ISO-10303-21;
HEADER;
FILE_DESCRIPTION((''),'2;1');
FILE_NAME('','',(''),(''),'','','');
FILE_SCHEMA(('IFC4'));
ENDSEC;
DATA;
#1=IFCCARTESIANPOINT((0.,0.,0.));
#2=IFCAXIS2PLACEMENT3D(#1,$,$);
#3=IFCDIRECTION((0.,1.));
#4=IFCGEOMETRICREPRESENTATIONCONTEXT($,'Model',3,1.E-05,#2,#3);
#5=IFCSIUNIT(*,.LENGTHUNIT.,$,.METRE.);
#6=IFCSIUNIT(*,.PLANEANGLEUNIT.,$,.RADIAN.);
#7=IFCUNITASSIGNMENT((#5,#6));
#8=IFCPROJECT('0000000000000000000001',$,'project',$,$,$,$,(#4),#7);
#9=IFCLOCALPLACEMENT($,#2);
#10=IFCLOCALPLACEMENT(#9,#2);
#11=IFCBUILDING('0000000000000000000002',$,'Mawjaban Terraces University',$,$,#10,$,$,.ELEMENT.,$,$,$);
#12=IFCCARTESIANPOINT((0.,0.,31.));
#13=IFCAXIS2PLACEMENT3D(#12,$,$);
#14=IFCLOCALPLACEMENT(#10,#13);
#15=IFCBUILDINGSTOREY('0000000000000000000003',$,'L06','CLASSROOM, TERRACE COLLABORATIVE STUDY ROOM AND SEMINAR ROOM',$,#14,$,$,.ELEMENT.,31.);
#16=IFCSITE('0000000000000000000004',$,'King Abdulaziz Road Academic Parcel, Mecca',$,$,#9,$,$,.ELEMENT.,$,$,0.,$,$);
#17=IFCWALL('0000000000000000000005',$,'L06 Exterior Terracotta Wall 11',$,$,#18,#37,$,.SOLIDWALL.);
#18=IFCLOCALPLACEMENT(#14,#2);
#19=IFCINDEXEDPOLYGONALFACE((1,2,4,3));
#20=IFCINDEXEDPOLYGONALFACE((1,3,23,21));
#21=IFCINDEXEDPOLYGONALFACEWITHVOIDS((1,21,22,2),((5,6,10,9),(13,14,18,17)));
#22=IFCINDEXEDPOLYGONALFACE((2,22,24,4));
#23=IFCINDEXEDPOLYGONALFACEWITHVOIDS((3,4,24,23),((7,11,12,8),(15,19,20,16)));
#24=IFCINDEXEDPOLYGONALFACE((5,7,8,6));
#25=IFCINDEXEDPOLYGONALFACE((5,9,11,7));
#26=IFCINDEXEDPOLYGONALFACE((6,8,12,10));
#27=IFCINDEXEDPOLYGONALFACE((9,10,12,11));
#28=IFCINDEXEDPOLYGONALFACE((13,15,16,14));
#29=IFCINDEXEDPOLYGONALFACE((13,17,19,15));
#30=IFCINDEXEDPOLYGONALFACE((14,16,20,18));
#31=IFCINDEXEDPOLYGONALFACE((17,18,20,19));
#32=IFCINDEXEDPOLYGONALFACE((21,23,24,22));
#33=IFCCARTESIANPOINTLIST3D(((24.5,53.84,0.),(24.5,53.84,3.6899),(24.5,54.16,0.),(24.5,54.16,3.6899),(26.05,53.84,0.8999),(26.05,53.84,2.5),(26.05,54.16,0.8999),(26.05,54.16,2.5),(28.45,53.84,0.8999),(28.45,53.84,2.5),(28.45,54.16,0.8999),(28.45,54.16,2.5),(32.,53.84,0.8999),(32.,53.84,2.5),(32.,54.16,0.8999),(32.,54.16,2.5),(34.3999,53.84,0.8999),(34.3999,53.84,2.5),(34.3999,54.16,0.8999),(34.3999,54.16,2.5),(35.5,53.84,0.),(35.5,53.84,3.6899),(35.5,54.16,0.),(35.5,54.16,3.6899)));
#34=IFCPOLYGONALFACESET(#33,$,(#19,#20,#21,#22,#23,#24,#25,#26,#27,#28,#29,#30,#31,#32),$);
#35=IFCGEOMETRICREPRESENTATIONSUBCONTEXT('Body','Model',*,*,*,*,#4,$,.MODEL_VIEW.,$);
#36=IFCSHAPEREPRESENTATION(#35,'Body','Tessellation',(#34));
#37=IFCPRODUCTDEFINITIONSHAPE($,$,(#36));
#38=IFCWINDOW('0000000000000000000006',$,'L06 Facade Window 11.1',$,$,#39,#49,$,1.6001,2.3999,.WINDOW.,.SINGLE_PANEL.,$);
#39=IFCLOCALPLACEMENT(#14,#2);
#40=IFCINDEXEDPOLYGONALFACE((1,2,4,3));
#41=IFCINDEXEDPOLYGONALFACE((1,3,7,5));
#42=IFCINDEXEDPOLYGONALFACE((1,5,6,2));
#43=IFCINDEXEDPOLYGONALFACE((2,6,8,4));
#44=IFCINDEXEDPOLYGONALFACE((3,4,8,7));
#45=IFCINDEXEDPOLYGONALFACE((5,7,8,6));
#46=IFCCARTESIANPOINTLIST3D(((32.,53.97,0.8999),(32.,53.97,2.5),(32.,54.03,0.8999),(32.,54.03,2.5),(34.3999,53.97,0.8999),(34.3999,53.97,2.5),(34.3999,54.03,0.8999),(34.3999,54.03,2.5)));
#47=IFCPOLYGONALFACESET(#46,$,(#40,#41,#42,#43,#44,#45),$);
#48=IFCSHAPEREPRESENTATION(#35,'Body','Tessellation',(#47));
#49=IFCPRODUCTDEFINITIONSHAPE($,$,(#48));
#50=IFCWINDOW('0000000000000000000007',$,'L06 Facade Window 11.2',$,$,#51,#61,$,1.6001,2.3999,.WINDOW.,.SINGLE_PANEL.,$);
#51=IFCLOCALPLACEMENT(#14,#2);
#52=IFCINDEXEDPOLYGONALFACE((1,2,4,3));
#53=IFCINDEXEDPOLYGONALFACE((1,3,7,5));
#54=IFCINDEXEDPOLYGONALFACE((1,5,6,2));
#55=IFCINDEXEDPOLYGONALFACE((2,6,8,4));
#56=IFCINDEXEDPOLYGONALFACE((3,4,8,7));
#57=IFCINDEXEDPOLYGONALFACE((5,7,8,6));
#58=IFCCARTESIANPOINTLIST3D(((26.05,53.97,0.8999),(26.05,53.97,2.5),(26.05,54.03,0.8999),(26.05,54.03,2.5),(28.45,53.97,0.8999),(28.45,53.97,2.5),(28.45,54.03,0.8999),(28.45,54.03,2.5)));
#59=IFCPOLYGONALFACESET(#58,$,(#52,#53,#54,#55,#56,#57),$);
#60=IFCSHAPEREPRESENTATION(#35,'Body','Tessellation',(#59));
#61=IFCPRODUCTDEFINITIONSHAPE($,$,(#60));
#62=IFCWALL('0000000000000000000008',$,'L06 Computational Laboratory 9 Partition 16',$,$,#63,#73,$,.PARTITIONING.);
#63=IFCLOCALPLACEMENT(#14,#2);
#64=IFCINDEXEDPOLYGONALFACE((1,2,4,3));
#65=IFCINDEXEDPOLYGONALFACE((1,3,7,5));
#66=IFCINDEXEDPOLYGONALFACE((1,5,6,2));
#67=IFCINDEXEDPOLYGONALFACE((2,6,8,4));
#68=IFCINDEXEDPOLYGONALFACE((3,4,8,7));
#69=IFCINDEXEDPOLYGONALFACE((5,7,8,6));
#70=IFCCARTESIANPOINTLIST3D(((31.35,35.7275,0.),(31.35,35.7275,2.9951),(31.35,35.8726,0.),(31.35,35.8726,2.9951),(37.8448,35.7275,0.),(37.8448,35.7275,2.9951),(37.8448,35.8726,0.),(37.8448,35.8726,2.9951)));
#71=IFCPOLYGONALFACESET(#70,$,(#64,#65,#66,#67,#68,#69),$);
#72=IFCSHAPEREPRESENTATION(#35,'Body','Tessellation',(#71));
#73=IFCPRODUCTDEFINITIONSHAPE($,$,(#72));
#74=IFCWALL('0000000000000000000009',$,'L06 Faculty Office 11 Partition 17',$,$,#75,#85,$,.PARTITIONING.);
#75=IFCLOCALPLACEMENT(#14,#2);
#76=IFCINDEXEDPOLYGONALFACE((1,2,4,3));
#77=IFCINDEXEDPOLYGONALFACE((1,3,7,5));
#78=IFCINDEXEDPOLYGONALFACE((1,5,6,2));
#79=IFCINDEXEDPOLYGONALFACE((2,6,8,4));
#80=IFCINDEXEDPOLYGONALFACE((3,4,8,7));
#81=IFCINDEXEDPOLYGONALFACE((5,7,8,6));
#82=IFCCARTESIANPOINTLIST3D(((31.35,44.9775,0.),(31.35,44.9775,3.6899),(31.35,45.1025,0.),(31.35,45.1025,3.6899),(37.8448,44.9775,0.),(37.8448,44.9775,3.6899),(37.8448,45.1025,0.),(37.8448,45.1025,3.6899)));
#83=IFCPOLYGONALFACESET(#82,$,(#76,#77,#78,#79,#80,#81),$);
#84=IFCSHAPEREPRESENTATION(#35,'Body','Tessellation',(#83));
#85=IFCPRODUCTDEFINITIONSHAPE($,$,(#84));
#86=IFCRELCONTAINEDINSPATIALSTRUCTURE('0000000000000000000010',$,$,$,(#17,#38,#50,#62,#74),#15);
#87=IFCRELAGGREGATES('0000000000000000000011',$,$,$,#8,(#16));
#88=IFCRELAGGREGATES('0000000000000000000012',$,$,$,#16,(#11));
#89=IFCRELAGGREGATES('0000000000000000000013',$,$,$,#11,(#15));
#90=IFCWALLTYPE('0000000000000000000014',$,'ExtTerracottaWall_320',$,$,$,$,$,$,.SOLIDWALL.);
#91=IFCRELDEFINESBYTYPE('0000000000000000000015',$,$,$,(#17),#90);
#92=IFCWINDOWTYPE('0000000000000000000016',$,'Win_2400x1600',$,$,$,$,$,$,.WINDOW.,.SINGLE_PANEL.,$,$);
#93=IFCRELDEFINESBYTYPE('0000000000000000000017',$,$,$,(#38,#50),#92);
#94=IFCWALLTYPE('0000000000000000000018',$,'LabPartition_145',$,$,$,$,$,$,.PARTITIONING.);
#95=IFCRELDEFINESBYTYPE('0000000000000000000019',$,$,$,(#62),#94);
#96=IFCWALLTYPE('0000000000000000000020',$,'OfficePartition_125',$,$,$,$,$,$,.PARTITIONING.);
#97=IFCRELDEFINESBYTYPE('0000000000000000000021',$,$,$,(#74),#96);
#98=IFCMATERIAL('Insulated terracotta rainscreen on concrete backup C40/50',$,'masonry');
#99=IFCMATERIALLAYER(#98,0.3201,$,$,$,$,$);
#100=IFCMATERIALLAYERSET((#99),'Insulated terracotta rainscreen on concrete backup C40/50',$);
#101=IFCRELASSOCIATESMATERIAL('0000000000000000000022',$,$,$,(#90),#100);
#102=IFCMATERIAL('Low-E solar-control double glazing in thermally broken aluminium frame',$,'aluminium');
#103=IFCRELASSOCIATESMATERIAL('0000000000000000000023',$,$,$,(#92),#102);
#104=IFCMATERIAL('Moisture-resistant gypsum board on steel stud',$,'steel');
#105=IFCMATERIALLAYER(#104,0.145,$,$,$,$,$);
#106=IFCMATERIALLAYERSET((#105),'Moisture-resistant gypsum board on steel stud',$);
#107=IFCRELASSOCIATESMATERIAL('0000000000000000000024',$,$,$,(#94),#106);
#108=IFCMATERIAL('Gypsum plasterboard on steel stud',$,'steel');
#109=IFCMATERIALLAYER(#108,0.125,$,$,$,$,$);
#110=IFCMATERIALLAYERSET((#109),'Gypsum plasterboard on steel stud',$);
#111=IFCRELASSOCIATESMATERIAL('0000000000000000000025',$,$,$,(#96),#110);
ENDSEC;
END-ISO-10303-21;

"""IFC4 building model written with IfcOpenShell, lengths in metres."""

from ifc_helpers import new_model, si_unit, direction, frame, frame_2d, origin, place, context, subcontext, project, spatial, rectangle, extrude, material, layer, layer_set, type_object, element, fill, save


model = new_model("IFC4")

# Units and contexts
model_context = context("Model", 3, precision=1e-05, world=origin(), true_north=direction((0.0, 1.0)))
body_context = subcontext(model_context, "Body", "Model", "MODEL_VIEW")
ifc_project = project(units=[si_unit("LENGTHUNIT", "METRE"), si_unit("PLANEANGLEUNIT", "RADIAN")], contexts=[model_context])

# Site, building, storey
site_placement = place(None, origin())
site = spatial("IfcSite", under=ifc_project, at=site_placement, Name="King Abdulaziz Road Academic Parcel, Mecca", CompositionType="ELEMENT", RefElevation=0.0)
building_placement = place(site_placement, origin())
building = spatial("IfcBuilding", under=site, at=building_placement, Name="Mawjaban Terraces University", CompositionType="ELEMENT")
storey_placement = place(building_placement, frame((0.0, 0.0, 31.0)))
storey = spatial("IfcBuildingStorey", under=building, at=storey_placement, Name="L06", Description="CLASSROOM, TERRACE COLLABORATIVE STUDY ROOM AND SEMINAR ROOM", CompositionType="ELEMENT", Elevation=31.0)

# Shared definitions
ifc_material_1 = material(Name="Insulated terracotta rainscreen on concrete backup C40/50", Category="masonry")
ifc_layer_1 = layer(ifc_material_1, 0.3201)
ifc_layer_set_1 = layer_set([ifc_layer_1], Name="Insulated terracotta rainscreen on concrete backup C40/50")
wall_type_1 = type_object("IfcWallType", Name="ExtTerracottaWall_320", PredefinedType="SOLIDWALL", material=ifc_layer_set_1)

# Wall, openings, windows
wall_1_placement = place(storey_placement, frame((35.5, 54.0, 0.0), z_axis=(0.0, 0.0, 1.0), x_axis=(-1.0, 0.0, 0.0)))
wall_1 = element("IfcWall", 1, at=wall_1_placement, inside=storey, type_object=wall_type_1, Name="L06 Exterior Terracotta Wall 11", PredefinedType="SOLIDWALL", context=body_context, shape_type="SweptSolid", body=[
    extrude(rectangle(XDim=11.0, YDim=0.3201, at=frame_2d((5.5, 0.0))), origin(), (0.0, 0.0, 1.0), 3.6899),
])
opening_1_placement = place(wall_1_placement, frame((1.1001, 0.0, 0.8999)))
opening_1 = element("IfcOpeningElement", 2, at=opening_1_placement, cuts=wall_1, PredefinedType="OPENING", context=body_context, shape_type="SweptSolid", body=[
    extrude(rectangle(XDim=2.3999, YDim=1.6001, at=frame_2d((1.2, 0.8))), frame((0.0, 0.1699, 0.0), z_axis=(0.0, -1.0, 0.0), x_axis=(1.0, 0.0, 0.0)), (0.0, 0.0, 1.0), 0.3401),
])
opening_2_placement = place(wall_1_placement, frame((7.05, 0.0, 0.8999)))
opening_2 = element("IfcOpeningElement", 3, at=opening_2_placement, cuts=wall_1, PredefinedType="OPENING", context=body_context, shape_type="SweptSolid", body=[
    extrude(rectangle(XDim=2.3999, YDim=1.6001, at=frame_2d((1.2, 0.8))), frame((0.0, 0.1699, 0.0), z_axis=(0.0, -1.0, 0.0), x_axis=(1.0, 0.0, 0.0)), (0.0, 0.0, 1.0), 0.3401),
])
ifc_material_2 = material(Name="Low-E solar-control double glazing in thermally broken aluminium frame", Category="aluminium")
window_type = type_object("IfcWindowType", Name="Win_2400x1600", PartitioningType="SINGLE_PANEL", PredefinedType="WINDOW", material=ifc_material_2)
window_1_placement = place(opening_1_placement, origin())
window_1 = element("IfcWindow", 4, at=window_1_placement, inside=storey, type_object=window_type, Name="L06 Facade Window 11.1", OverallHeight=1.6001, OverallWidth=2.3999, PartitioningType="SINGLE_PANEL", PredefinedType="WINDOW", context=body_context, shape_type="SweptSolid", body=[
    extrude(rectangle(XDim=2.3999, YDim=1.6001, at=frame_2d((1.2, 0.8))), frame((0.0, 0.03, 0.0), z_axis=(0.0, -1.0, 0.0), x_axis=(1.0, 0.0, 0.0)), (0.0, 0.0, 1.0), 0.0601),
])
fill(opening_1, window_1)
window_2_placement = place(opening_2_placement, origin())
window_2 = element("IfcWindow", 5, at=window_2_placement, inside=storey, type_object=window_type, Name="L06 Facade Window 11.2", OverallHeight=1.6001, OverallWidth=2.3999, PartitioningType="SINGLE_PANEL", PredefinedType="WINDOW", context=body_context, shape_type="SweptSolid", body=[
    extrude(rectangle(XDim=2.3999, YDim=1.6001, at=frame_2d((1.2, 0.8))), frame((0.0, 0.03, 0.0), z_axis=(0.0, -1.0, 0.0), x_axis=(1.0, 0.0, 0.0)), (0.0, 0.0, 1.0), 0.0601),
])
fill(opening_2, window_2)

# Walls
ifc_material_3 = material(Name="Moisture-resistant gypsum board on steel stud", Category="steel")
ifc_layer_2 = layer(ifc_material_3, 0.145)
ifc_layer_set_2 = layer_set([ifc_layer_2], Name="Moisture-resistant gypsum board on steel stud")
wall_type_2 = type_object("IfcWallType", Name="LabPartition_145", PredefinedType="PARTITIONING", material=ifc_layer_set_2)
wall_2_placement = place(storey_placement, frame((37.845, 35.8, 0.0), z_axis=(0.0, 0.0, 1.0), x_axis=(-1.0, 0.0, 0.0)))
element("IfcWall", 6, at=wall_2_placement, inside=storey, type_object=wall_type_2, Name="L06 Computational Laboratory 9 Partition 16", PredefinedType="PARTITIONING", context=body_context, shape_type="SweptSolid", body=[
    extrude(rectangle(XDim=6.4949, YDim=0.145, at=frame_2d((3.2476, 0.0))), origin(), (0.0, 0.0, 1.0), 2.9951),
])
ifc_material_4 = material(Name="Gypsum plasterboard on steel stud", Category="steel")
ifc_layer_3 = layer(ifc_material_4, 0.125)
ifc_layer_set_3 = layer_set([ifc_layer_3], Name="Gypsum plasterboard on steel stud")
wall_type_3 = type_object("IfcWallType", Name="OfficePartition_125", PredefinedType="PARTITIONING", material=ifc_layer_set_3)
wall_3_placement = place(storey_placement, frame((37.845, 45.04, 0.0), z_axis=(0.0, 0.0, 1.0), x_axis=(-1.0, 0.0, 0.0)))
element("IfcWall", 7, at=wall_3_placement, inside=storey, type_object=wall_type_3, Name="L06 Faculty Office 11 Partition 17", PredefinedType="PARTITIONING", context=body_context, shape_type="SweptSolid", body=[
    extrude(rectangle(XDim=6.4949, YDim=0.125, at=frame_2d((3.2476, 0.0))), origin(), (0.0, 0.0, 1.0), 3.6899),
])

save(model, "model.ifc")
